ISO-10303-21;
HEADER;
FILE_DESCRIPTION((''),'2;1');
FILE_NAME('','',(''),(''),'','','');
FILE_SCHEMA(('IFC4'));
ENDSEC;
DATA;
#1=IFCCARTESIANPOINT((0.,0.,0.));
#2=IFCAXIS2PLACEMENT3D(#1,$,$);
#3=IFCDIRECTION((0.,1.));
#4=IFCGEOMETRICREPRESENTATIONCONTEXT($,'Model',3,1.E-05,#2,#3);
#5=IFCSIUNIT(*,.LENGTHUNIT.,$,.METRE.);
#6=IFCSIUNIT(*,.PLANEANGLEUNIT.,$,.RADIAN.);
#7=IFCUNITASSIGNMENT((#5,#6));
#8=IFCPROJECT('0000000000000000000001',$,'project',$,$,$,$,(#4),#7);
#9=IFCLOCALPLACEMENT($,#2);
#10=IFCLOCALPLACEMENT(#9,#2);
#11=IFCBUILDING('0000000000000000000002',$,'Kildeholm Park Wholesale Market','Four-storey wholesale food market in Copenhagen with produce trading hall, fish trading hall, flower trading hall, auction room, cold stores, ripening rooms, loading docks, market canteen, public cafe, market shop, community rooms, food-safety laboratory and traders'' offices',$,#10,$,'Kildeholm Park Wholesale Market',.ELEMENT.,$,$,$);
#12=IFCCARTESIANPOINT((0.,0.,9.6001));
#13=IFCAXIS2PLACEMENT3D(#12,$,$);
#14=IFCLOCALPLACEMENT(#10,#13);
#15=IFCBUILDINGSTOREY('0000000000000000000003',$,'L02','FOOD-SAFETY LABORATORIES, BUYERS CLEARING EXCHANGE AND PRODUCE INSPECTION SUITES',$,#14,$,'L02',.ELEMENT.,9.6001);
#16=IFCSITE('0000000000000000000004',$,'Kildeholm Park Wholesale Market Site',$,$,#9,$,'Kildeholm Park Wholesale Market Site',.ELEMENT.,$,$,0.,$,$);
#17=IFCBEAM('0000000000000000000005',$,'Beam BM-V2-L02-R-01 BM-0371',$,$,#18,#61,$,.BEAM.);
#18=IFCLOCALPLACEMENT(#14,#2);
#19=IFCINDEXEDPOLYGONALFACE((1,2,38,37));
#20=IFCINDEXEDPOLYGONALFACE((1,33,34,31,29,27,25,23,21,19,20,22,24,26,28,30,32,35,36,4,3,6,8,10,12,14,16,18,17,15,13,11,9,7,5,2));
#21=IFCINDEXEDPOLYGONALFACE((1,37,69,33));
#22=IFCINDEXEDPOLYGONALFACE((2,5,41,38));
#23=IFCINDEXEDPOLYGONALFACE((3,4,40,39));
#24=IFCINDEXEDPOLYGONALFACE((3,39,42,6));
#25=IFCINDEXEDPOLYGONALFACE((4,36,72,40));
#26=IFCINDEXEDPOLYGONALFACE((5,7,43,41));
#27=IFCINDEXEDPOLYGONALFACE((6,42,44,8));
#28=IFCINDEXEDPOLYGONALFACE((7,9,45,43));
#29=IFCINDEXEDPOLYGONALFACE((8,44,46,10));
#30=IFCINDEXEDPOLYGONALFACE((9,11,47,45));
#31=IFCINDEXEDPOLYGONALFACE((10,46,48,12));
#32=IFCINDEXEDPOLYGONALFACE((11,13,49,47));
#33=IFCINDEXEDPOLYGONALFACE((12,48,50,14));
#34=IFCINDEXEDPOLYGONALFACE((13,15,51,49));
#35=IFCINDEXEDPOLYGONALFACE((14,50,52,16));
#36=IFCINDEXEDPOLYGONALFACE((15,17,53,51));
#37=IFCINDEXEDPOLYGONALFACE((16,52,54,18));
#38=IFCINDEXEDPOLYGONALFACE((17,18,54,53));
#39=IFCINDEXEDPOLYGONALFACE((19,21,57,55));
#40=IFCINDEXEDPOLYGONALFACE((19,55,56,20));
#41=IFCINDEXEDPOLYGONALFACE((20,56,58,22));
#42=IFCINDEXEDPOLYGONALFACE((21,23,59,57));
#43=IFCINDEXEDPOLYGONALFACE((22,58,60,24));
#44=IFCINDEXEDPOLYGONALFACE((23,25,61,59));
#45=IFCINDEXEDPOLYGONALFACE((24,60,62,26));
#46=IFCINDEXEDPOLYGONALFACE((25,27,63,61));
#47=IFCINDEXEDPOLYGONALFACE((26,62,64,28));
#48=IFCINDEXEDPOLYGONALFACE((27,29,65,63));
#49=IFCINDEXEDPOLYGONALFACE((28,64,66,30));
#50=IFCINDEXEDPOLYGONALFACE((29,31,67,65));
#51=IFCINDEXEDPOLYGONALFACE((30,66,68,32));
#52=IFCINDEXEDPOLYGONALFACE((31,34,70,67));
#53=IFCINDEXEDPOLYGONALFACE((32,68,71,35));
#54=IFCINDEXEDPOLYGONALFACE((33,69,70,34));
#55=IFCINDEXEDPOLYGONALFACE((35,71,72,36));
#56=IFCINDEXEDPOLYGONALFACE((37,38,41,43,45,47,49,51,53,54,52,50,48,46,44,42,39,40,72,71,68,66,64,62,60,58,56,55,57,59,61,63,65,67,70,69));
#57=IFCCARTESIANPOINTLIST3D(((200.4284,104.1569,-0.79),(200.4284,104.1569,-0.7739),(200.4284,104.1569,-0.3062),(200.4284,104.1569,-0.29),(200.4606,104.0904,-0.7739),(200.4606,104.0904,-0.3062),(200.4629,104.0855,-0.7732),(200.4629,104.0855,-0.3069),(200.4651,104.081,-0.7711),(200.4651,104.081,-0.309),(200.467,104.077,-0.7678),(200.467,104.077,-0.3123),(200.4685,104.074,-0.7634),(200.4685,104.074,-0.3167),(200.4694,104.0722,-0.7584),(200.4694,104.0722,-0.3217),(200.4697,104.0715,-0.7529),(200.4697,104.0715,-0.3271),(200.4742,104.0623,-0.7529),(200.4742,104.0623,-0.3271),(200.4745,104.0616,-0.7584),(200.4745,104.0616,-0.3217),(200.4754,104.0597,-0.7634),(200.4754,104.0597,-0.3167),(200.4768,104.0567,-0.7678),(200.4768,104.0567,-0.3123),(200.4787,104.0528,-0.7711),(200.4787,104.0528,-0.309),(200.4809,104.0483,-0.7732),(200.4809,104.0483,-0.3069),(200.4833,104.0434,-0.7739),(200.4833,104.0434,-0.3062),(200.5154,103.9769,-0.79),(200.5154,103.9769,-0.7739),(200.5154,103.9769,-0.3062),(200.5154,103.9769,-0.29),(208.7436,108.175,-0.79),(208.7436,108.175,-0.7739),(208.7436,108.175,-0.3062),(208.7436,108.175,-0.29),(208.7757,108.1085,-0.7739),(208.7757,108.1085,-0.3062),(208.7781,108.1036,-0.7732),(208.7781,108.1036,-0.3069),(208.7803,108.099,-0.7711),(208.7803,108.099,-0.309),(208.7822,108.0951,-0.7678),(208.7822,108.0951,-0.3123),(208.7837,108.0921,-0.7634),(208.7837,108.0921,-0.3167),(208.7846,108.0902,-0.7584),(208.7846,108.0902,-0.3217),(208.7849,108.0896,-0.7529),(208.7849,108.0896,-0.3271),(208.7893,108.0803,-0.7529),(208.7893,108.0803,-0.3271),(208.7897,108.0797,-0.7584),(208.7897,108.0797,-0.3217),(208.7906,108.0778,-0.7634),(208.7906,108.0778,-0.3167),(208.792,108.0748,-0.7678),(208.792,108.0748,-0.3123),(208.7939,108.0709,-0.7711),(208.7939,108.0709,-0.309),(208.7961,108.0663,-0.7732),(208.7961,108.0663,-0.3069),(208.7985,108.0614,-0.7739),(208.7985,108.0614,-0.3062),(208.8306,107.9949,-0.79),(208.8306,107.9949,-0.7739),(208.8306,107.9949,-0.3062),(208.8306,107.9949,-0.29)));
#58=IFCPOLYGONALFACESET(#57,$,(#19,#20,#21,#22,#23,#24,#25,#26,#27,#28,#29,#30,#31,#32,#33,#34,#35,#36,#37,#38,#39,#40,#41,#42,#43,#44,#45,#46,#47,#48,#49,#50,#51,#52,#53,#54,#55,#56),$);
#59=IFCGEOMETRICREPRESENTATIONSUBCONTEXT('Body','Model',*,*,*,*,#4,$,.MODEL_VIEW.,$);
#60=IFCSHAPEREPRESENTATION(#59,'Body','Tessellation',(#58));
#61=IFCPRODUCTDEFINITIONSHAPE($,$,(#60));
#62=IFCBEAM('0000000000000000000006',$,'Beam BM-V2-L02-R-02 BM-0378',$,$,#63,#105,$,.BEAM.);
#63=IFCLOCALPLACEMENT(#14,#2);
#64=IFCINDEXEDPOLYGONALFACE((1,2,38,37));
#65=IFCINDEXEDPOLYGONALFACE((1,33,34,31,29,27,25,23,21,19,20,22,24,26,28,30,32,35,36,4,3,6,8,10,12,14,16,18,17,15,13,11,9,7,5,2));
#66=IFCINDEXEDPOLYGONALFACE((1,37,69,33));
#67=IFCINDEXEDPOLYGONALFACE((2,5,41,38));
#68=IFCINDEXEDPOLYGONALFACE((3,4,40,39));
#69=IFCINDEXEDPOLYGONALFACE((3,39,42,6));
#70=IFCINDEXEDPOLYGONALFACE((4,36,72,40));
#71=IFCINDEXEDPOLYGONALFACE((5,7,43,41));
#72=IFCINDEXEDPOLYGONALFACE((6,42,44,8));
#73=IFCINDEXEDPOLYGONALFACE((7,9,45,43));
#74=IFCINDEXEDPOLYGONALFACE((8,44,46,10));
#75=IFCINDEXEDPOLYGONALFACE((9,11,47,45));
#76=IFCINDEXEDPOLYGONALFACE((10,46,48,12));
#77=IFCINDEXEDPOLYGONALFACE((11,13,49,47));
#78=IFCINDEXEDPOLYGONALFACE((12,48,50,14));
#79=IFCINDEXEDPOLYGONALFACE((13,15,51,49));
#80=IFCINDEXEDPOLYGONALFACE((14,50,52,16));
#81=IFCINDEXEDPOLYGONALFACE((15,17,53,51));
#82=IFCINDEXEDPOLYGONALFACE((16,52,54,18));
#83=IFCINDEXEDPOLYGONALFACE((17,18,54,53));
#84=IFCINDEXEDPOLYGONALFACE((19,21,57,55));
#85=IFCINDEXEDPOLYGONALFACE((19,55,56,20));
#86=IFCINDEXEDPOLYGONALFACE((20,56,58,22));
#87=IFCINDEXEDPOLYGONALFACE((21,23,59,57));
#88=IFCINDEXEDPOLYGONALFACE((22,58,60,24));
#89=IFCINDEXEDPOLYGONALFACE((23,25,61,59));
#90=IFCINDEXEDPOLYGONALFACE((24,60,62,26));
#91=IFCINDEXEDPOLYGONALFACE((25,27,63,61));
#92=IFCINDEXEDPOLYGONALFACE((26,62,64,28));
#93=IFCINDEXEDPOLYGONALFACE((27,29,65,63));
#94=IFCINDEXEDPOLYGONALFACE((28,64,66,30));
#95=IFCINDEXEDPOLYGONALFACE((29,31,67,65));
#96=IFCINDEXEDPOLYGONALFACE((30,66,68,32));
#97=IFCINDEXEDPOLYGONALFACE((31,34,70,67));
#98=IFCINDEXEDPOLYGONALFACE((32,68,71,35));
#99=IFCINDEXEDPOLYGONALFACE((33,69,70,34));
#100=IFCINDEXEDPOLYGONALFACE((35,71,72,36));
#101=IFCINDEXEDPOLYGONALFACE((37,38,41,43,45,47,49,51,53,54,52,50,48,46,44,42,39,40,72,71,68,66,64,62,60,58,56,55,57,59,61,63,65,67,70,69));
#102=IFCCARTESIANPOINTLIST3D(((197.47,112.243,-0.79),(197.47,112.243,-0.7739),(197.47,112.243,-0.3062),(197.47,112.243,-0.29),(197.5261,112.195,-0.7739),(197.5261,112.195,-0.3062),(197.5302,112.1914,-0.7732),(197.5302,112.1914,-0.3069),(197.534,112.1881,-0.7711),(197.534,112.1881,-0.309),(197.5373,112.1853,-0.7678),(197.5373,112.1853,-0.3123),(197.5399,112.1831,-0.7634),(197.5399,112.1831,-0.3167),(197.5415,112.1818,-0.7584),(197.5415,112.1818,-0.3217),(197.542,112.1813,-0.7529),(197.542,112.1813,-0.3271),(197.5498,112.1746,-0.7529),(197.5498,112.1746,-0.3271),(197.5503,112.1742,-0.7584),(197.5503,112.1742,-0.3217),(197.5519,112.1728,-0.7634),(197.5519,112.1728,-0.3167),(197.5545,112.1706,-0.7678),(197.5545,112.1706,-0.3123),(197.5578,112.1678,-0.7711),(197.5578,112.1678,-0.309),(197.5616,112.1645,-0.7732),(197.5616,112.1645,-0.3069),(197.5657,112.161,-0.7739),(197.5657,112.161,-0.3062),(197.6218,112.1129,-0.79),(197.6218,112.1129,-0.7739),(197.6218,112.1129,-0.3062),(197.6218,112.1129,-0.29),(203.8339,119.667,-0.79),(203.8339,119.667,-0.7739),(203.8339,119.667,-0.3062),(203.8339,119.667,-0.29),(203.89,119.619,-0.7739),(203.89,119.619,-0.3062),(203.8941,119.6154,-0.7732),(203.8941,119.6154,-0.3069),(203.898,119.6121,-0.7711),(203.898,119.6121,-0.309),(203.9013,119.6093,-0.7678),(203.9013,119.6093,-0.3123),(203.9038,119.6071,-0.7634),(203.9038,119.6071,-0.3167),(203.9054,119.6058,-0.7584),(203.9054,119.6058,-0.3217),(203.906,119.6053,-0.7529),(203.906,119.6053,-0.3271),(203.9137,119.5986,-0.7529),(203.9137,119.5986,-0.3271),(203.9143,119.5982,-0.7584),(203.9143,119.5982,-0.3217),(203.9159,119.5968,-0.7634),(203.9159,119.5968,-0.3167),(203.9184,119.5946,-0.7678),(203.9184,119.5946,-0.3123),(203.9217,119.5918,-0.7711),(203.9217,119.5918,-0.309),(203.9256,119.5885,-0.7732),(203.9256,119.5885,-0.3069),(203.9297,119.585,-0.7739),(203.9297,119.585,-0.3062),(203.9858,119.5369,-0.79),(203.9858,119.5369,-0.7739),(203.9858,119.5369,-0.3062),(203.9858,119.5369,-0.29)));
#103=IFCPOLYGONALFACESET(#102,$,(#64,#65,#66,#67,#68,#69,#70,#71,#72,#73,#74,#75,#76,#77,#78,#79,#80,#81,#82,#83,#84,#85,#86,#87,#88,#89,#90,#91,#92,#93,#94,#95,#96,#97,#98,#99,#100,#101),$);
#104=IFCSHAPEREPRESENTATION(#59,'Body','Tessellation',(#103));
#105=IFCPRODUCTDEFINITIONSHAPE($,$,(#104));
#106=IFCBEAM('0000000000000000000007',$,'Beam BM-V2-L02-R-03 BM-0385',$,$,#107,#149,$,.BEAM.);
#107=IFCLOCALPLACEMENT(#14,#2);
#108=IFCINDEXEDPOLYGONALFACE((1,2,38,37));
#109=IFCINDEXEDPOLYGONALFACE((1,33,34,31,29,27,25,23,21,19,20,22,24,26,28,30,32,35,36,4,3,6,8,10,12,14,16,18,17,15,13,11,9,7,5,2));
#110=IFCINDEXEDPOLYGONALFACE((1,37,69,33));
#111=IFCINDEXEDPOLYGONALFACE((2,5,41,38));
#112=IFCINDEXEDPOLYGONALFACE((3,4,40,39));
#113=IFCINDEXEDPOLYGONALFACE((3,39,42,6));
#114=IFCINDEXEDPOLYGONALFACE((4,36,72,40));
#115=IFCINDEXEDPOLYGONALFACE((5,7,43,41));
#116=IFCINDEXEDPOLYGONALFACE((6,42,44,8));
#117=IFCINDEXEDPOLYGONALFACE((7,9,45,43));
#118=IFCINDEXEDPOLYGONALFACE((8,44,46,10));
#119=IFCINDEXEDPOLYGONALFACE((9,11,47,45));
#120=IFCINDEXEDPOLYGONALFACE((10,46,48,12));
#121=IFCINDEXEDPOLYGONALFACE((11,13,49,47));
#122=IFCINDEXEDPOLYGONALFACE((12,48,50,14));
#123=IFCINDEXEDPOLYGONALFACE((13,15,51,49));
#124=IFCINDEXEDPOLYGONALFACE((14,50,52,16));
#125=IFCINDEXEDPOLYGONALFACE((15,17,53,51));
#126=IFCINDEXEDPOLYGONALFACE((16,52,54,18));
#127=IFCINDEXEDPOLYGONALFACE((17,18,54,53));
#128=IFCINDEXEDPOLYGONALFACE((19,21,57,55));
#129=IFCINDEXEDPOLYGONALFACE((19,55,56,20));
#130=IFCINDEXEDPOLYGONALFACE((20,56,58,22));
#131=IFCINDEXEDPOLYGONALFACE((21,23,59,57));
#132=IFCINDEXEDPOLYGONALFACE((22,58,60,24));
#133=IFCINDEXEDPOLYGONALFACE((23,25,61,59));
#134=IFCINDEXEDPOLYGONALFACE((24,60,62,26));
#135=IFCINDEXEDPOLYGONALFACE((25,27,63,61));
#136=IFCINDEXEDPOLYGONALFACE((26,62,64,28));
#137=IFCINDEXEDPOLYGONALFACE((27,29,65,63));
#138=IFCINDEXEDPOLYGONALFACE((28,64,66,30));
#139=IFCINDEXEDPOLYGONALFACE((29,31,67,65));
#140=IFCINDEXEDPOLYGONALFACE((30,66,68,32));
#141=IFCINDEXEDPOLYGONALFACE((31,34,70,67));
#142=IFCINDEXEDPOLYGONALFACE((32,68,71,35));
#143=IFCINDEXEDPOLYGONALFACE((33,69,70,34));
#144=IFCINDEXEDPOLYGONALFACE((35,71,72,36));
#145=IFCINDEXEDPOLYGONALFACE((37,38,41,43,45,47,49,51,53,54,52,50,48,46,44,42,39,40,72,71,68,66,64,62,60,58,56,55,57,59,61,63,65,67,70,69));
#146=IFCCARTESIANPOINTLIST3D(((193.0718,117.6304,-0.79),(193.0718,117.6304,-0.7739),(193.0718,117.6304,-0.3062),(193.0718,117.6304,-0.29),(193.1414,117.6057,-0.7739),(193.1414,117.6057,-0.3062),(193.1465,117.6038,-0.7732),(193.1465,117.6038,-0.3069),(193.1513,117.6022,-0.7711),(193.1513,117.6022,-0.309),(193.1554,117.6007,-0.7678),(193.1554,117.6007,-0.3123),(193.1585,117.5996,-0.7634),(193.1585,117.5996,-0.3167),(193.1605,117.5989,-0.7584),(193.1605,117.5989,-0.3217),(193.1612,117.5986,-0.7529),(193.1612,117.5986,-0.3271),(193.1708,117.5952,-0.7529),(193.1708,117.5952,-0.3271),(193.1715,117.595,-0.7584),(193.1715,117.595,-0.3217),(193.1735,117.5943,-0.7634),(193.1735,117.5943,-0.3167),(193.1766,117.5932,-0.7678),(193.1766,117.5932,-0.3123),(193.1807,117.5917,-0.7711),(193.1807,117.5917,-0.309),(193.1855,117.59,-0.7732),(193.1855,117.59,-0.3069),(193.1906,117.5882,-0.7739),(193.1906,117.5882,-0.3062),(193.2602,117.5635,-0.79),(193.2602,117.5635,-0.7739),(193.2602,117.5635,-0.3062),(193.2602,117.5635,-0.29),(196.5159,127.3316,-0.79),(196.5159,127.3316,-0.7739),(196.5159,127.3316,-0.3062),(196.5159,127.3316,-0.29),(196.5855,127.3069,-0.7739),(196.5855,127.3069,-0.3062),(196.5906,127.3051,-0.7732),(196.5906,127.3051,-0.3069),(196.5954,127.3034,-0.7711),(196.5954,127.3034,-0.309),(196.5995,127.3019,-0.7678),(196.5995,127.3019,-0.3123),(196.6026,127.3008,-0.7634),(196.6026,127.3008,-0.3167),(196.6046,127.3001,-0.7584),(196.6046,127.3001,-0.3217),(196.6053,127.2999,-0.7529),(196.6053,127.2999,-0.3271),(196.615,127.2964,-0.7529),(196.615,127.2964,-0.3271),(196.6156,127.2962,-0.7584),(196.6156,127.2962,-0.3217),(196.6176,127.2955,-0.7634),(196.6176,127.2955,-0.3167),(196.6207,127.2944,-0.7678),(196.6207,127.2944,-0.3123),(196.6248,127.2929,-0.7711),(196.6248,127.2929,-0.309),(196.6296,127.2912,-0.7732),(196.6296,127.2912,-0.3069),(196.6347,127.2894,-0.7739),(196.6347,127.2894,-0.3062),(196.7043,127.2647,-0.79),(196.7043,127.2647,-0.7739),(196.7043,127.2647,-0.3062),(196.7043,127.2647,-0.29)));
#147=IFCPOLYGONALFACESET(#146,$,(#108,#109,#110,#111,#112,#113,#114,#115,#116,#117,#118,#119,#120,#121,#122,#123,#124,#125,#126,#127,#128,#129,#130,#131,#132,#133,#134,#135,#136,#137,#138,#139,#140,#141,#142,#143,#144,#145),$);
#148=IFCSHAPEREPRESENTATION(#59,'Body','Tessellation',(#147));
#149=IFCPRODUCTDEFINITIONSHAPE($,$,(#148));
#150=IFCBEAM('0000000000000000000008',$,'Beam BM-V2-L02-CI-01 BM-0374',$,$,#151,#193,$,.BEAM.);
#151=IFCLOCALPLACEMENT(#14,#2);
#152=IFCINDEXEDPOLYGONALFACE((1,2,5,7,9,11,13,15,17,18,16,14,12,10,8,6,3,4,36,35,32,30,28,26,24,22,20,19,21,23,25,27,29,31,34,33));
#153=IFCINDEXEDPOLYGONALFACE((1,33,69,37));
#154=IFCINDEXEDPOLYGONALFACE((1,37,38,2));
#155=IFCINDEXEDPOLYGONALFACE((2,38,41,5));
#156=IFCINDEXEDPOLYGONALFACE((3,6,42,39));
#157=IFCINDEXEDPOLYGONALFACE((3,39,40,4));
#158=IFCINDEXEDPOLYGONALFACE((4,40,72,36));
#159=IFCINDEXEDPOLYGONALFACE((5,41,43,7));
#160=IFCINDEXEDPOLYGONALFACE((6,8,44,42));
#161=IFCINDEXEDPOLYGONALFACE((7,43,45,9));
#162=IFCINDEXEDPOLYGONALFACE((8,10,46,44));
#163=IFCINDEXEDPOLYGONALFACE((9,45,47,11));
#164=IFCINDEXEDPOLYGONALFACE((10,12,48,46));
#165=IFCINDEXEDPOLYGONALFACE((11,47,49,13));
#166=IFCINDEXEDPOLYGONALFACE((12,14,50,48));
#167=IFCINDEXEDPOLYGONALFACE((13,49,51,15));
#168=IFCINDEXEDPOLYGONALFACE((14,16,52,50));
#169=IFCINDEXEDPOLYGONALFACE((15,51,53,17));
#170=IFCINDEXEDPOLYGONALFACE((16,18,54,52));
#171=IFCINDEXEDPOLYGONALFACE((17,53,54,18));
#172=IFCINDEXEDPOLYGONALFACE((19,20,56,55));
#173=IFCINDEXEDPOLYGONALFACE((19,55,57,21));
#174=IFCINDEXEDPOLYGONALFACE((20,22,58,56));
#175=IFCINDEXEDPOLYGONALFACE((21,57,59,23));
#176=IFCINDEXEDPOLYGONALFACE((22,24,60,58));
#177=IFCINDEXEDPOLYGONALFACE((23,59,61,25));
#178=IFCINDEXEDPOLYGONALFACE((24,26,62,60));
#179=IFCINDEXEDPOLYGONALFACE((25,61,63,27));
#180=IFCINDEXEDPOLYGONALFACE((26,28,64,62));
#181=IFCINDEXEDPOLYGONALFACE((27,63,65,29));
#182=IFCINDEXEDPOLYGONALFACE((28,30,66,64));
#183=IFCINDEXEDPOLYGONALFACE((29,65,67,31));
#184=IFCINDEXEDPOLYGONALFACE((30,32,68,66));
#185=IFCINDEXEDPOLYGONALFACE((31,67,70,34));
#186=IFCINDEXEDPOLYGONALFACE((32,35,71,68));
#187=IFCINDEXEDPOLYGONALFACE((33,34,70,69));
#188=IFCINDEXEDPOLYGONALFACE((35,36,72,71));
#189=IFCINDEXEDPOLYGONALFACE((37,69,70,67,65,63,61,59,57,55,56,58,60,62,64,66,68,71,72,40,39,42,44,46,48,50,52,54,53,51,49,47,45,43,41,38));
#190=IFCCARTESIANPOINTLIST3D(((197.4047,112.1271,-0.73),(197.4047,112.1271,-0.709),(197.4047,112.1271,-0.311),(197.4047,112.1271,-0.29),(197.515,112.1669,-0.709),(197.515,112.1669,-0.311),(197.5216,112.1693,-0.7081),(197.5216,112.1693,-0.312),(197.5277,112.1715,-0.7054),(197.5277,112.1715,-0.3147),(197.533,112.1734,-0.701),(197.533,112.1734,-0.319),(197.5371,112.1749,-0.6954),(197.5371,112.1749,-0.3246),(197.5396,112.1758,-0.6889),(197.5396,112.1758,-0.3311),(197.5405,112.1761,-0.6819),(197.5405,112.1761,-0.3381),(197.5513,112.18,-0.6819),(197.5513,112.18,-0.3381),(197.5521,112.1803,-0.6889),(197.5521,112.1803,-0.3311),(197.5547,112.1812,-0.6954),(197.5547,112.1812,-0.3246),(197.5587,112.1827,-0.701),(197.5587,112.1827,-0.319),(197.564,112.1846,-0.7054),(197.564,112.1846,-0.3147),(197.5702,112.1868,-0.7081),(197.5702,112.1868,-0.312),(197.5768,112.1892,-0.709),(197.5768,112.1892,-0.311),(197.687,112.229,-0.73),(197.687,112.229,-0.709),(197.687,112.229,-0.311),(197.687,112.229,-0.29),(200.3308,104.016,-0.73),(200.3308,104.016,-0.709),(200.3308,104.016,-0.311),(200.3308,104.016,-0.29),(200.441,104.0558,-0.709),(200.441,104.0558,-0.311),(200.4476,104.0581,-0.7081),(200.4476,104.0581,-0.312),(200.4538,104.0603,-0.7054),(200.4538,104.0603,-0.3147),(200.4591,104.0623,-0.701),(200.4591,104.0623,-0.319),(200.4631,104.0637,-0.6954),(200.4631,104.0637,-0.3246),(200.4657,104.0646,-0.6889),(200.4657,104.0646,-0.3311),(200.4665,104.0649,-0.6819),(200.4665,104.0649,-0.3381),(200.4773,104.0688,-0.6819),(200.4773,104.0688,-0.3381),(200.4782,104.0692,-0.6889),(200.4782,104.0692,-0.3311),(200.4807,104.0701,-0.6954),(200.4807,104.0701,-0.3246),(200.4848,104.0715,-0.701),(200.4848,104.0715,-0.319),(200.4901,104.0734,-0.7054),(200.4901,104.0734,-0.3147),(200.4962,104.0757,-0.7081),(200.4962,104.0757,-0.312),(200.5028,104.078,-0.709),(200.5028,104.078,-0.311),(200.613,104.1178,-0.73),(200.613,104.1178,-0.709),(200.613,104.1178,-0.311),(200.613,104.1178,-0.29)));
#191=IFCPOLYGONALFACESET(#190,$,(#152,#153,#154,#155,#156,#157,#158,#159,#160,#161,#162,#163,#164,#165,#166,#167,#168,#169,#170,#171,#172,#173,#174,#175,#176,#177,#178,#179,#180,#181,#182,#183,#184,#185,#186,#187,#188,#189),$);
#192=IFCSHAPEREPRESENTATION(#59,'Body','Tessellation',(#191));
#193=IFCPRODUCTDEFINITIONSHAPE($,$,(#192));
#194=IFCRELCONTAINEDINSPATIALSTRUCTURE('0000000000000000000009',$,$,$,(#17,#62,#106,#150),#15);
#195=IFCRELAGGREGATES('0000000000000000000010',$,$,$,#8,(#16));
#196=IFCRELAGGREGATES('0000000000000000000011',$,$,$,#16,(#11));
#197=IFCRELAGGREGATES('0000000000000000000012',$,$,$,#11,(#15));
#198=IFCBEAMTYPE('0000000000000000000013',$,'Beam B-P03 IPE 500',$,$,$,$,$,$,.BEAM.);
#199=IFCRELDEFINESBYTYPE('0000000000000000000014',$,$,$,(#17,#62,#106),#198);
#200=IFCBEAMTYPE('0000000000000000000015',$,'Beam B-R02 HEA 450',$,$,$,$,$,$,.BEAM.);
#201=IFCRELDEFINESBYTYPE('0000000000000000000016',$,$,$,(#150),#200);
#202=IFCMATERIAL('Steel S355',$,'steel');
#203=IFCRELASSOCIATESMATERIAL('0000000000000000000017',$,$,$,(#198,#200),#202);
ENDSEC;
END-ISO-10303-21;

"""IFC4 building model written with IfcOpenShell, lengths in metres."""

from ifc_helpers import new_model, si_unit, direction, frame, origin, origin_2d, place, context, subcontext, project, spatial, i_section, extrude, material, material_profile, profile_set, type_object, element, save


model = new_model("IFC4")

# Units and contexts
model_context = context("Model", 3, precision=1e-05, world=origin(), true_north=direction((0.0, 1.0)))
body_context = subcontext(model_context, "Body", "Model", "MODEL_VIEW")
ifc_project = project(units=[si_unit("LENGTHUNIT", "METRE"), si_unit("PLANEANGLEUNIT", "RADIAN")], contexts=[model_context])

# Site, building, storey
site_placement = place(None, origin())
site = spatial("IfcSite", under=ifc_project, at=site_placement, Name="Kildeholm Park Wholesale Market Site", LongName="Kildeholm Park Wholesale Market Site", CompositionType="ELEMENT", RefElevation=0.0)
building_placement = place(site_placement, origin())
building = spatial("IfcBuilding", under=site, at=building_placement, Name="Kildeholm Park Wholesale Market", Description="Four-storey wholesale food market in Copenhagen with produce trading hall, fish trading hall, flower trading hall, auction room, cold stores, ripening rooms, loading docks, market canteen, public cafe, market shop, community rooms, food-safety laboratory and traders' offices", LongName="Kildeholm Park Wholesale Market", CompositionType="ELEMENT")
storey_placement = place(building_placement, frame((0.0, 0.0, 9.6001)))
storey = spatial("IfcBuildingStorey", under=building, at=storey_placement, Name="L02", Description="FOOD-SAFETY LABORATORIES, BUYERS CLEARING EXCHANGE AND PRODUCE INSPECTION SUITES", LongName="L02", CompositionType="ELEMENT", Elevation=9.6001)

# Shared definitions
ifc_material_1 = material(Name="Steel S355", Category="steel")

# Beams
ifc_material_profile_1 = material_profile(ifc_material_1, i_section(OverallWidth=0.2, OverallDepth=0.5, WebThickness=0.0103, FlangeThickness=0.0161, FilletRadius=0.021, at=origin_2d()), Name="IPE 500")
ifc_profile_set_1 = profile_set([ifc_material_profile_1], Name="Steel S355")
beam_type_1 = type_object("IfcBeamType", Name="Beam B-P03 IPE 500", PredefinedType="BEAM", material=ifc_profile_set_1)
beam_1_placement = place(storey_placement, frame((200.4719, 104.0669, -0.54), z_axis=(0.900389, 0.435086, 0.0), x_axis=(-0.435086, 0.900389, 0.0)))
element("IfcBeam", 1, at=beam_1_placement, inside=storey, type_object=beam_type_1, Name="Beam BM-V2-L02-R-01 BM-0371", PredefinedType="BEAM", context=body_context, shape_type="SweptSolid", body=[
    extrude(i_section(OverallWidth=0.2, OverallDepth=0.5, WebThickness=0.0103, FlangeThickness=0.0161, FilletRadius=0.021, at=origin_2d()), origin(), (0.0, 0.0, 1.0), 9.2351),
])
beam_2_placement = place(storey_placement, frame((197.5459, 112.178, -0.54), z_axis=(0.650822, 0.75923, 0.0), x_axis=(-0.75923, 0.650822, 0.0)))
element("IfcBeam", 2, at=beam_2_placement, inside=storey, type_object=beam_type_1, Name="Beam BM-V2-L02-R-02 BM-0378", PredefinedType="BEAM", context=body_context, shape_type="SweptSolid", body=[
    extrude(i_section(OverallWidth=0.2, OverallDepth=0.5, WebThickness=0.0103, FlangeThickness=0.0161, FilletRadius=0.021, at=origin_2d()), origin(), (0.0, 0.0, 1.0), 9.7783),
])
beam_3_placement = place(storey_placement, frame((193.166, 117.5969, -0.54), z_axis=(0.33456, 0.942374, 0.0), x_axis=(-0.942374, 0.33456, 0.0)))
element("IfcBeam", 3, at=beam_3_placement, inside=storey, type_object=beam_type_1, Name="Beam BM-V2-L02-R-03 BM-0385", PredefinedType="BEAM", context=body_context, shape_type="SweptSolid", body=[
    extrude(i_section(OverallWidth=0.2, OverallDepth=0.5, WebThickness=0.0103, FlangeThickness=0.0161, FilletRadius=0.021, at=origin_2d()), origin(), (0.0, 0.0, 1.0), 10.2944),
])
ifc_material_profile_2 = material_profile(ifc_material_1, i_section(OverallWidth=0.3, OverallDepth=0.4399, WebThickness=0.0115, FlangeThickness=0.021, FilletRadius=0.0271, at=origin_2d()), Name="HEA 450")
ifc_profile_set_2 = profile_set([ifc_material_profile_2], Name="Steel S355")
beam_type_2 = type_object("IfcBeamType", Name="Beam B-R02 HEA 450", PredefinedType="BEAM", material=ifc_profile_set_2)
beam_4_placement = place(storey_placement, frame((200.4719, 104.0669, -0.51), z_axis=(-0.339339, 0.940664, 0.0), x_axis=(-0.940664, -0.339339, 0.0)))
element("IfcBeam", 4, at=beam_4_placement, inside=storey, type_object=beam_type_2, Name="Beam BM-V2-L02-CI-01 BM-0374", PredefinedType="BEAM", context=body_context, shape_type="SweptSolid", body=[
    extrude(i_section(OverallWidth=0.3, OverallDepth=0.4399, WebThickness=0.0115, FlangeThickness=0.021, FilletRadius=0.0271, at=origin_2d()), origin(), (0.0, 0.0, 1.0), 8.6228),
])

save(model, "model.ifc")
